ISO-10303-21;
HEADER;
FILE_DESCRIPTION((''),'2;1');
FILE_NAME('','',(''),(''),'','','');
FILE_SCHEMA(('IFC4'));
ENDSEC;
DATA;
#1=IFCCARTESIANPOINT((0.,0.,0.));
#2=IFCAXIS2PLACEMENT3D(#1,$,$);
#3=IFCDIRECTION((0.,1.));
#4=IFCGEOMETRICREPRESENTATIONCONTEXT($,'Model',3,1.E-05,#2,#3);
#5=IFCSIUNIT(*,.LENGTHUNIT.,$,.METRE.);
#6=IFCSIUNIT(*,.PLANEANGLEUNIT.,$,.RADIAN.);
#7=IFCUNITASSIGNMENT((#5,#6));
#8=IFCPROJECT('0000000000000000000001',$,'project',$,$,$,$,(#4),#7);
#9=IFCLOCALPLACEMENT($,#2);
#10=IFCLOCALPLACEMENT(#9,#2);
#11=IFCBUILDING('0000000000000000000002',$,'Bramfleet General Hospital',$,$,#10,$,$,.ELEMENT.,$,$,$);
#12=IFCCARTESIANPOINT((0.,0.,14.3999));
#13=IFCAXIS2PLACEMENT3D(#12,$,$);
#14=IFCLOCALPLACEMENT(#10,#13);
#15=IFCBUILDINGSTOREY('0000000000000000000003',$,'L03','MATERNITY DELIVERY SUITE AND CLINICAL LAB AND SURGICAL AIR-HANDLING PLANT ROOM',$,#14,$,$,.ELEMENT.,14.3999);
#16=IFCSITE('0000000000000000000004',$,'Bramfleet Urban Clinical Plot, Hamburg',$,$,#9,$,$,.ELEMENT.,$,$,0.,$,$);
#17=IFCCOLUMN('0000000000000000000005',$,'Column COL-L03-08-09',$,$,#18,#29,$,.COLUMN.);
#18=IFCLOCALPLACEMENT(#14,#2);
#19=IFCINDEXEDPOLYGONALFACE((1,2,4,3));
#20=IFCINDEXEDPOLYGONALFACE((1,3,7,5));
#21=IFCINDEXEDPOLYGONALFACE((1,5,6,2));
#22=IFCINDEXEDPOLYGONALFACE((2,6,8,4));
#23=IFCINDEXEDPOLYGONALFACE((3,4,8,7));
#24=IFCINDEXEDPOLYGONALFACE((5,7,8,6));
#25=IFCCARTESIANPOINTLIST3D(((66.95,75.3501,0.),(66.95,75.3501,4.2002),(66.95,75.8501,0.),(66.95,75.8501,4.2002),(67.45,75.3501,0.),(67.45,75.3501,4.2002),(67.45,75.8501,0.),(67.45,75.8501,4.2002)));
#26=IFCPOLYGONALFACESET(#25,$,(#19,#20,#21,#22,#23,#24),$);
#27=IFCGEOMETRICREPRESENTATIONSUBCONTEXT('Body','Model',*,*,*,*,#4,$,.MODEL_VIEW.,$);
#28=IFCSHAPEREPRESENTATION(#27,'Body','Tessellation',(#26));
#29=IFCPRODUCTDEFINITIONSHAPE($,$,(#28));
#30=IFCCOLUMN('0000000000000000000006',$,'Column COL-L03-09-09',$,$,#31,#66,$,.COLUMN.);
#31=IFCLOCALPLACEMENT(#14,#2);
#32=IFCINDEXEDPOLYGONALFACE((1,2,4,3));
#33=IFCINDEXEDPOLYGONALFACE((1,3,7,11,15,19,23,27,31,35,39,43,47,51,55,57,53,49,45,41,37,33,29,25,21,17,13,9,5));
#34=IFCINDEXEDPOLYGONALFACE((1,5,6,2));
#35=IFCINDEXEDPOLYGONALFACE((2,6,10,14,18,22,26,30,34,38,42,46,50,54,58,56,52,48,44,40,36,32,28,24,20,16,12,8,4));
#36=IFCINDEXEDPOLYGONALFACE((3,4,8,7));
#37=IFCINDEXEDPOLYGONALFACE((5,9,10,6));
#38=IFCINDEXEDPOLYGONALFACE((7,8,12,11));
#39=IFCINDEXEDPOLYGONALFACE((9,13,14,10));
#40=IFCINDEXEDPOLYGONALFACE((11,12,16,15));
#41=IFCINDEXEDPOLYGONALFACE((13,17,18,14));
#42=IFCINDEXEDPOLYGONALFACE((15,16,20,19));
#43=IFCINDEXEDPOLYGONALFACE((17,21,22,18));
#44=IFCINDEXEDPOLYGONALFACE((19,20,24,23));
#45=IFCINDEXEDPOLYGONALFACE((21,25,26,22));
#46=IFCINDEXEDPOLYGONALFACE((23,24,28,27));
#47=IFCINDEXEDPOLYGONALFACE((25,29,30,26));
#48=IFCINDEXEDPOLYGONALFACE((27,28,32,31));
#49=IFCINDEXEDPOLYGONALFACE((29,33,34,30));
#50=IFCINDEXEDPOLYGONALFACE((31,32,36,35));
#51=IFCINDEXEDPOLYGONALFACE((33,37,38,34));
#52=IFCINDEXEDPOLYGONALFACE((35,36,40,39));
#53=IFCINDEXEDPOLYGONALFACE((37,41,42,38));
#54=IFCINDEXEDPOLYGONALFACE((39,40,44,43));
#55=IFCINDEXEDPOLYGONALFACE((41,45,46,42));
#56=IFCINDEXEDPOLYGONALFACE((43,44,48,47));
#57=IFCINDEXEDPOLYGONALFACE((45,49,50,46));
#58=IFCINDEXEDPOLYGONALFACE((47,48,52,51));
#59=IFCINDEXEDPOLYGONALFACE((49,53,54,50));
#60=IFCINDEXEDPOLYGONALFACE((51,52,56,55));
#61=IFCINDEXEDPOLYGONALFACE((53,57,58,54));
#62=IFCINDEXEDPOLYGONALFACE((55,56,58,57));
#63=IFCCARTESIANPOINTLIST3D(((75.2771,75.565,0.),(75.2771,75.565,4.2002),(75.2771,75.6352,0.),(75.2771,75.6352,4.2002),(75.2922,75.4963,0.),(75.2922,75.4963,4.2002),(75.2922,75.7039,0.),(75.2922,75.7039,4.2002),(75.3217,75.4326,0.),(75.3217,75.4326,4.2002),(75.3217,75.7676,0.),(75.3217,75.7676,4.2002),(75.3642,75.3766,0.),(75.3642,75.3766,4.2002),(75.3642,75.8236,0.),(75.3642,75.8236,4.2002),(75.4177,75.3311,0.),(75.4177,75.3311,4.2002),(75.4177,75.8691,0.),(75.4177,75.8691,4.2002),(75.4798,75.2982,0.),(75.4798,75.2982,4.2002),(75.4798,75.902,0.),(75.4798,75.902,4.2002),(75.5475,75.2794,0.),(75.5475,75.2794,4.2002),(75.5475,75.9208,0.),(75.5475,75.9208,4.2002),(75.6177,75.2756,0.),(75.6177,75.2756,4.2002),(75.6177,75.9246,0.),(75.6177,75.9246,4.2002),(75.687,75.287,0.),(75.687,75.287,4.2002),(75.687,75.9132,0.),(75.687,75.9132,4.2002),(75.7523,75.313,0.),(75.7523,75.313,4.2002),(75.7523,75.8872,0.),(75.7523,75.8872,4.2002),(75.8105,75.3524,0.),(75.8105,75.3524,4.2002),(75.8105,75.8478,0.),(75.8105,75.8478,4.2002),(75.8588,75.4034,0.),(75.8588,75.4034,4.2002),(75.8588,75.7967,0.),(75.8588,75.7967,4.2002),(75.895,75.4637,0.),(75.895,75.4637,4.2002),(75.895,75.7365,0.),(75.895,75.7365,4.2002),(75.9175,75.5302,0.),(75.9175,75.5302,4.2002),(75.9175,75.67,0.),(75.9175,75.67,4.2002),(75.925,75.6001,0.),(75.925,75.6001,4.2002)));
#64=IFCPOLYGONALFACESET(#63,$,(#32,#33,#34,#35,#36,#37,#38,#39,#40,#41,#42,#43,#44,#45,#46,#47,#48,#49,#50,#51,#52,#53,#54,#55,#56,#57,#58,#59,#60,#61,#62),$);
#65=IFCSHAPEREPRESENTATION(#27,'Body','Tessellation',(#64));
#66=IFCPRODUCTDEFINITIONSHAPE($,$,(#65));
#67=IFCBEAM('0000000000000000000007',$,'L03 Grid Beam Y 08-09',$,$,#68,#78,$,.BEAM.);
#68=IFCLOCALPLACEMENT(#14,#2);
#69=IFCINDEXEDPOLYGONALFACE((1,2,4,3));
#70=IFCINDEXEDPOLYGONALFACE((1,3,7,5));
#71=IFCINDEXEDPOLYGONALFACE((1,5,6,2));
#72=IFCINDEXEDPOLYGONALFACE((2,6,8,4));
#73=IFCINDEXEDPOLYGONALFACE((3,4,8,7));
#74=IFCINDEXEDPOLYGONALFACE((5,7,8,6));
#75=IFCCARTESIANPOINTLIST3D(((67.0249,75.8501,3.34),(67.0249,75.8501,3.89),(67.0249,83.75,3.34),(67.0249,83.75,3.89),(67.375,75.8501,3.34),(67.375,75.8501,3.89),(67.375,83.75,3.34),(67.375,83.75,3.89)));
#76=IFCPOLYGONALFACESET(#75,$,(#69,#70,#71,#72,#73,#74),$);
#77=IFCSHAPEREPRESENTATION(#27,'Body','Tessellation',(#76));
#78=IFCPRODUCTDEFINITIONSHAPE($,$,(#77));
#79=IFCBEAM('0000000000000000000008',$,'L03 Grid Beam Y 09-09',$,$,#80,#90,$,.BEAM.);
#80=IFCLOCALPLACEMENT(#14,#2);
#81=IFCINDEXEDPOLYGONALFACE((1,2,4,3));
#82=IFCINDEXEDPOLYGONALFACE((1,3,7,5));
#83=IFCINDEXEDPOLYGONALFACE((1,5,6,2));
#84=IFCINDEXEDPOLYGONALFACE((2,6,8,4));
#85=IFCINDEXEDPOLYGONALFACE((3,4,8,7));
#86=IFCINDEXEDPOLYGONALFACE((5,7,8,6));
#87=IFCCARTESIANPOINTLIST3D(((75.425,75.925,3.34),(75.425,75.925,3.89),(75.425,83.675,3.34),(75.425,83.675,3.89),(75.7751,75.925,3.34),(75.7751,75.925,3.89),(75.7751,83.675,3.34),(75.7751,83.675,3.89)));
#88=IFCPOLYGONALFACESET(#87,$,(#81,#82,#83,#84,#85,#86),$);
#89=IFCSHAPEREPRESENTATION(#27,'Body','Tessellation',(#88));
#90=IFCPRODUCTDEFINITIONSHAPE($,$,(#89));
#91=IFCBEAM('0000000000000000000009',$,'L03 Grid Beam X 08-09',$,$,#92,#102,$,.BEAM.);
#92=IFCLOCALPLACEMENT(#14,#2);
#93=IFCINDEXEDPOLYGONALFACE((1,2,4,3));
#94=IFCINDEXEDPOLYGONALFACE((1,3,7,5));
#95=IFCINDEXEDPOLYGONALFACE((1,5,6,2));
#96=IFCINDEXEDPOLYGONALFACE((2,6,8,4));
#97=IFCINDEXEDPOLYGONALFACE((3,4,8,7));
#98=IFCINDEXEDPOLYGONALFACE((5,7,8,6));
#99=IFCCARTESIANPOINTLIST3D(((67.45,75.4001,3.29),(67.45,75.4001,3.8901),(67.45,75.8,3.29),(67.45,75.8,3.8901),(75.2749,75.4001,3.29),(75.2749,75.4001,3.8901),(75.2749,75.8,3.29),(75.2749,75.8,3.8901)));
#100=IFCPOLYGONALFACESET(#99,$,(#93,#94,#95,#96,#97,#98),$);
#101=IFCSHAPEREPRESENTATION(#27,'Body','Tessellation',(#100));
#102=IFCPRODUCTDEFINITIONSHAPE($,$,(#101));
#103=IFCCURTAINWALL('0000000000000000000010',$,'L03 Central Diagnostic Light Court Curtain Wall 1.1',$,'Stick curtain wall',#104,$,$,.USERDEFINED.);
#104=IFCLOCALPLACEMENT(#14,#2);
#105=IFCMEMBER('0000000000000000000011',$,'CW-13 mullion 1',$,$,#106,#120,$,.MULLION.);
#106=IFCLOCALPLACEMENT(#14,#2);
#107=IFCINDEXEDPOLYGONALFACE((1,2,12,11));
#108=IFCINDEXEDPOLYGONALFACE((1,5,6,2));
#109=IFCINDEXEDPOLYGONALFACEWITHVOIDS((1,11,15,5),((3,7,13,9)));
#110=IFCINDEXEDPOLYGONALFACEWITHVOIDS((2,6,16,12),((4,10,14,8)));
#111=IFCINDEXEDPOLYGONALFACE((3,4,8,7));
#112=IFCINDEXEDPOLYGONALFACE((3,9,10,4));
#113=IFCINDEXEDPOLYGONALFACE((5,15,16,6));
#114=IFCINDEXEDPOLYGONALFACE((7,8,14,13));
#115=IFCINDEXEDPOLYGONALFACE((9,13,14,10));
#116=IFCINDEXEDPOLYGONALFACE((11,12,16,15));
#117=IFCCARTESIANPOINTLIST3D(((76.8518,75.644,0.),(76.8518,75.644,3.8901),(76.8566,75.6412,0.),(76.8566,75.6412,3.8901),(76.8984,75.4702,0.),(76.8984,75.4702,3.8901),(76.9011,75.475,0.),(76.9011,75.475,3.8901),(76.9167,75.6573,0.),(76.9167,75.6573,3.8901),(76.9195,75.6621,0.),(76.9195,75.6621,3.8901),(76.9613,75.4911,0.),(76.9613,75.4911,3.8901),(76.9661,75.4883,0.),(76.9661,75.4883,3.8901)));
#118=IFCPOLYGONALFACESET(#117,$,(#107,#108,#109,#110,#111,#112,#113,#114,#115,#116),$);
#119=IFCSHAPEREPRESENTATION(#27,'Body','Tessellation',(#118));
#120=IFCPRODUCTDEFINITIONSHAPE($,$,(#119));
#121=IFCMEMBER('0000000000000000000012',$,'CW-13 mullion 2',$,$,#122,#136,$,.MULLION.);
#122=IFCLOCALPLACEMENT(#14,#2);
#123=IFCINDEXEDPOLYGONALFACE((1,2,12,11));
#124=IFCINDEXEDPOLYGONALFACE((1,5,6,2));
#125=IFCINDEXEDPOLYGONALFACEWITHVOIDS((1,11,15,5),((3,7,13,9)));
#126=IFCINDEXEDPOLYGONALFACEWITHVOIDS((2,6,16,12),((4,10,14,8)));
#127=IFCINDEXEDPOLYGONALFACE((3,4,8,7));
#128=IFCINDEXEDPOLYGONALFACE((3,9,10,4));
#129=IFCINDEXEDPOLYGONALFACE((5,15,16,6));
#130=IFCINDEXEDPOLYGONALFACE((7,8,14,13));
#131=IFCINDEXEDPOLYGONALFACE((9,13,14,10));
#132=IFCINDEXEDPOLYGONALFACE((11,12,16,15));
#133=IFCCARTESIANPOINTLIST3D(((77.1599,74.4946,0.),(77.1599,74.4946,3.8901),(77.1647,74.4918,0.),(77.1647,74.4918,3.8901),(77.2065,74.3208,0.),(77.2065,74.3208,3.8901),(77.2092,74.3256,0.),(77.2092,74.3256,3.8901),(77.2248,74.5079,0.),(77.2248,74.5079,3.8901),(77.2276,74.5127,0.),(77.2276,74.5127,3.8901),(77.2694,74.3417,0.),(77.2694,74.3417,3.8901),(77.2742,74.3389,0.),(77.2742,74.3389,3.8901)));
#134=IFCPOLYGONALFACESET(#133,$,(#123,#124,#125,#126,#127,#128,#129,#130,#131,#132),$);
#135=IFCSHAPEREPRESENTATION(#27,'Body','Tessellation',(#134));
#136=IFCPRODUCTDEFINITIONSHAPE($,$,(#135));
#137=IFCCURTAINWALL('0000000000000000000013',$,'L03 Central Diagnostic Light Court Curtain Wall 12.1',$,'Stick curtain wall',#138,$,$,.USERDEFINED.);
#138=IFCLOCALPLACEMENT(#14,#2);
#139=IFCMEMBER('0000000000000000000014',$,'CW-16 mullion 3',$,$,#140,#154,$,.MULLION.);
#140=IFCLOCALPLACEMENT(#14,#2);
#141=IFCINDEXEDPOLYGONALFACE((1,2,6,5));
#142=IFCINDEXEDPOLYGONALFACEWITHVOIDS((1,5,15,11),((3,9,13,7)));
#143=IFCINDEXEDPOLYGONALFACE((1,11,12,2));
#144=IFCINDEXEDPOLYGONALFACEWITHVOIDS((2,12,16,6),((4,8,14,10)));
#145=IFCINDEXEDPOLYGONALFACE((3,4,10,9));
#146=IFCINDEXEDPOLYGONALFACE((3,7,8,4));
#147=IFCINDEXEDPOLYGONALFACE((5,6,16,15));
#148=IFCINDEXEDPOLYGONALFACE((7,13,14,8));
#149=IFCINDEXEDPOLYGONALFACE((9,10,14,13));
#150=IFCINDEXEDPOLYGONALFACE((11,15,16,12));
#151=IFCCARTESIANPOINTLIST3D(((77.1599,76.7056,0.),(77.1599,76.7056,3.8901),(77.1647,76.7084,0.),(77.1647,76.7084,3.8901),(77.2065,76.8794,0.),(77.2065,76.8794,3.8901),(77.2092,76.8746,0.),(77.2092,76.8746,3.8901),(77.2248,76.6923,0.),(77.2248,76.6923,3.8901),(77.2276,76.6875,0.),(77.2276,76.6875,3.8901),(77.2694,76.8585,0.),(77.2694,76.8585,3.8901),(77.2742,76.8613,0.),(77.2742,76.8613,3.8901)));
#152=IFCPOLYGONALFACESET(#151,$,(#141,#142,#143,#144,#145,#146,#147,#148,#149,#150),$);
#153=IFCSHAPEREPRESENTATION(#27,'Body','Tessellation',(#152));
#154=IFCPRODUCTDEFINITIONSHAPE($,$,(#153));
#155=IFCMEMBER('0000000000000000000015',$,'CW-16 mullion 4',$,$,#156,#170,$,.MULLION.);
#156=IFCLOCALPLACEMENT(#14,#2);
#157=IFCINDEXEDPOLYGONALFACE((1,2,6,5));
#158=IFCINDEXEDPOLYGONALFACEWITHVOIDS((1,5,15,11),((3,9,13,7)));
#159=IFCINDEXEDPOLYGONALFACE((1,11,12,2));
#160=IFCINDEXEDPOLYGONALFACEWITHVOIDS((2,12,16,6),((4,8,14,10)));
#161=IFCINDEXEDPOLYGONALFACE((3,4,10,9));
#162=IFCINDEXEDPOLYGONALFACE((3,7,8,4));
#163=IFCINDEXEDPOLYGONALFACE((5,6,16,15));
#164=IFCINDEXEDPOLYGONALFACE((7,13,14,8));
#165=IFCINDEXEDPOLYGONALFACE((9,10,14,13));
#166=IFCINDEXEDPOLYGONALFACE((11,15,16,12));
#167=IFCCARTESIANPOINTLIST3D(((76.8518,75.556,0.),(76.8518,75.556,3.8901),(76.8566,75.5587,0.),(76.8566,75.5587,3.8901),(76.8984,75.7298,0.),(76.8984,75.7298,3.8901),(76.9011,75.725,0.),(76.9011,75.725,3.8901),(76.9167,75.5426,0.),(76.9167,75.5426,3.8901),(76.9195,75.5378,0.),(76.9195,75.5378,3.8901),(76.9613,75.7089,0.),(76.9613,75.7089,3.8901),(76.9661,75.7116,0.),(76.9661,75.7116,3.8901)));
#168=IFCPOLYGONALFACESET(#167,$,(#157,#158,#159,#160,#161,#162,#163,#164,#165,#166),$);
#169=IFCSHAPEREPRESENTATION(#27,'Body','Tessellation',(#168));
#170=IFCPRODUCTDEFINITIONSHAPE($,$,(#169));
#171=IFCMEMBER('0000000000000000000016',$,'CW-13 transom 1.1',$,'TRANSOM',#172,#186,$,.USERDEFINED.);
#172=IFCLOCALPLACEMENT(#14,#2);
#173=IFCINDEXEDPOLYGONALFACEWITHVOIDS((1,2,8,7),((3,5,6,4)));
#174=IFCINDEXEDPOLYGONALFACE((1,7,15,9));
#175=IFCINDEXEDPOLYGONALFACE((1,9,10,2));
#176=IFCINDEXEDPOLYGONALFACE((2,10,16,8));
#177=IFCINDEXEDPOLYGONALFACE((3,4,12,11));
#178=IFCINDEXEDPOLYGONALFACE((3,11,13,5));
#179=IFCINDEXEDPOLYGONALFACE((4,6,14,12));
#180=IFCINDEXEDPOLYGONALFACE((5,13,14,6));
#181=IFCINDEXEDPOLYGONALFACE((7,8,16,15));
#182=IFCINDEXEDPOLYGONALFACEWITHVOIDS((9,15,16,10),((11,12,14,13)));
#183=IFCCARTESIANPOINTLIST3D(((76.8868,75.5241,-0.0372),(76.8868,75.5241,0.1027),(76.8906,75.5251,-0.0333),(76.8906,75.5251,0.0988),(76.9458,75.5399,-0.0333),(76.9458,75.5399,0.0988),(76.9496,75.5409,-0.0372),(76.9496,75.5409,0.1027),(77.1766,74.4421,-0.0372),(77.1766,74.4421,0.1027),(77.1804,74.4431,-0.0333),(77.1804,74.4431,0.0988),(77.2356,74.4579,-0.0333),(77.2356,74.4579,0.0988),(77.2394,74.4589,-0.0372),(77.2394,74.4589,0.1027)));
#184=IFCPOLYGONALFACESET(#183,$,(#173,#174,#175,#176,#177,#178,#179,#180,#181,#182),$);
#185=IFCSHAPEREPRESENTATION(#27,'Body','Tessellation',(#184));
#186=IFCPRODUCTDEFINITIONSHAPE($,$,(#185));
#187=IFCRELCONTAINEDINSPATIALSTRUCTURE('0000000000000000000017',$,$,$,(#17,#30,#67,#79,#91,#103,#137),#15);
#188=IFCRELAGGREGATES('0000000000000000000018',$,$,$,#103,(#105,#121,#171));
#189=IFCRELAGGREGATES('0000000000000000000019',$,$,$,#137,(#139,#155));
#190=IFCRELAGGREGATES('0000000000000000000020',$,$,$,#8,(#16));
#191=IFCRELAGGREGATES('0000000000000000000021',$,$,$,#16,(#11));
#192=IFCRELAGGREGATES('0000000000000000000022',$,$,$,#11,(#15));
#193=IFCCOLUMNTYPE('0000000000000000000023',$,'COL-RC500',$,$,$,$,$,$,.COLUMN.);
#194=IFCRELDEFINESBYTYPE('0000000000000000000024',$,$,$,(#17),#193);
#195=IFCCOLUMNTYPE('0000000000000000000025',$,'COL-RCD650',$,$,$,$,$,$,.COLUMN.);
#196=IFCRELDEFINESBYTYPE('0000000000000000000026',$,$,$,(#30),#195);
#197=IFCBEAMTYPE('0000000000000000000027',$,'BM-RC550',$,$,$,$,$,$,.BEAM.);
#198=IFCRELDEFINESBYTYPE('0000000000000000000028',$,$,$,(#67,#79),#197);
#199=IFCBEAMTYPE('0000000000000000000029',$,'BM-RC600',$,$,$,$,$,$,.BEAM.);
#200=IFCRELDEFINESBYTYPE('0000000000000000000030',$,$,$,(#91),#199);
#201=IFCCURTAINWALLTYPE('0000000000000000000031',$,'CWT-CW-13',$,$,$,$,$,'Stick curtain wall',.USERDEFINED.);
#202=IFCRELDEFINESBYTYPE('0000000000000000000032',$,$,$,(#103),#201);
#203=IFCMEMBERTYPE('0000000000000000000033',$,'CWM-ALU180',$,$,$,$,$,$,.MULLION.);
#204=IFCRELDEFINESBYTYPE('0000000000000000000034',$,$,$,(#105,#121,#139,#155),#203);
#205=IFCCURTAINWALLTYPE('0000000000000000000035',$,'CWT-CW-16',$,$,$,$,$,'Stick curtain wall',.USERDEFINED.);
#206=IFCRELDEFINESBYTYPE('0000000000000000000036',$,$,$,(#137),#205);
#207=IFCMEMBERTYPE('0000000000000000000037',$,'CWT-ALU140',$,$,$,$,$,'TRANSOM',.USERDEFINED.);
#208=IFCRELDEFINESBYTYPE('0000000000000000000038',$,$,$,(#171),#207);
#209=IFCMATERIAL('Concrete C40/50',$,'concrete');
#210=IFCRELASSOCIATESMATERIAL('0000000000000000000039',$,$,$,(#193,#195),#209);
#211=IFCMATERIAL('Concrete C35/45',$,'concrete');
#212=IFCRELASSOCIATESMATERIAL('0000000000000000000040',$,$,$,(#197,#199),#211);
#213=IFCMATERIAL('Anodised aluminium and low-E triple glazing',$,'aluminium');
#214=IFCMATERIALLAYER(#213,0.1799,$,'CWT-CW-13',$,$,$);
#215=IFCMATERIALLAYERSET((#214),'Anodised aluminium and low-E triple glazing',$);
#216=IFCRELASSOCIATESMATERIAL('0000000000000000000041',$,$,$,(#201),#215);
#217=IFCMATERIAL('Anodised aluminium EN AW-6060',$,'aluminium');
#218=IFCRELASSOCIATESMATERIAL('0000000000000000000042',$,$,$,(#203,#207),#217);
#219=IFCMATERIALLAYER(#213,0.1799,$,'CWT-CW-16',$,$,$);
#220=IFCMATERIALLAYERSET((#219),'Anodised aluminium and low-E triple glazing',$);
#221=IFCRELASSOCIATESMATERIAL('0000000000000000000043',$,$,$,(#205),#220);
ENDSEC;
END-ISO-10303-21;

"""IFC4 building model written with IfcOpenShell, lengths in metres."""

from ifc_helpers import new_model, si_unit, direction, frame, origin, origin_2d, place, context, subcontext, project, spatial, rectangle, hollow_rectangle, circle, extrude, material, layer, layer_set, material_profile, profile_set, type_object, element, aggregate, save


model = new_model("IFC4")

# Units and contexts
model_context = context("Model", 3, precision=1e-05, world=origin(), true_north=direction((0.0, 1.0)))
body_context = subcontext(model_context, "Body", "Model", "MODEL_VIEW")
ifc_project = project(units=[si_unit("LENGTHUNIT", "METRE"), si_unit("PLANEANGLEUNIT", "RADIAN")], contexts=[model_context])

# Site, building, storey
site_placement = place(None, origin())
site = spatial("IfcSite", under=ifc_project, at=site_placement, Name="Bramfleet Urban Clinical Plot, Hamburg", CompositionType="ELEMENT", RefElevation=0.0)
building_placement = place(site_placement, origin())
building = spatial("IfcBuilding", under=site, at=building_placement, Name="Bramfleet General Hospital", CompositionType="ELEMENT")
storey_placement = place(building_placement, frame((0.0, 0.0, 14.3999)))
storey = spatial("IfcBuildingStorey", under=building, at=storey_placement, Name="L03", Description="MATERNITY DELIVERY SUITE AND CLINICAL LAB AND SURGICAL AIR-HANDLING PLANT ROOM", CompositionType="ELEMENT", Elevation=14.3999)

# Columns
ifc_material_1 = material(Name="Concrete C40/50", Category="concrete")
ifc_material_profile_1 = material_profile(ifc_material_1, rectangle(XDim=0.5, YDim=0.5, at=origin_2d()), Name="RC COL 500x500")
ifc_profile_set_1 = profile_set([ifc_material_profile_1], Name="Concrete C40/50")
column_type_1 = type_object("IfcColumnType", Name="COL-RC500", PredefinedType="COLUMN", material=ifc_profile_set_1)
column_1_placement = place(storey_placement, frame((67.2, 75.6001, 0.0), z_axis=(0.0, 0.0, 1.0), x_axis=(1.0, 0.0, 0.0)))
element("IfcColumn", 1, at=column_1_placement, inside=storey, type_object=column_type_1, Name="Column COL-L03-08-09", PredefinedType="COLUMN", context=body_context, shape_type="SweptSolid", body=[
    extrude(rectangle(XDim=0.5, YDim=0.5, at=origin_2d()), origin(), (0.0, 0.0, 1.0), 4.2002),
])
ifc_material_profile_2 = material_profile(ifc_material_1, circle(Radius=0.325, at=origin_2d()), Name="RC ROUND D650")
ifc_profile_set_2 = profile_set([ifc_material_profile_2], Name="Concrete C40/50")
column_type_2 = type_object("IfcColumnType", Name="COL-RCD650", PredefinedType="COLUMN", material=ifc_profile_set_2)
column_2_placement = place(storey_placement, frame((75.6001, 75.6001, 0.0), z_axis=(0.0, 0.0, 1.0), x_axis=(1.0, 0.0, 0.0)))
element("IfcColumn", 2, at=column_2_placement, inside=storey, type_object=column_type_2, Name="Column COL-L03-09-09", PredefinedType="COLUMN", context=body_context, shape_type="SweptSolid", body=[
    extrude(circle(Radius=0.325, at=origin_2d()), origin(), (0.0, 0.0, 1.0), 4.2002),
])

# Beams
ifc_material_2 = material(Name="Concrete C35/45", Category="concrete")
ifc_material_profile_3 = material_profile(ifc_material_2, rectangle(XDim=0.3501, YDim=0.55, at=origin_2d()), Name="RC BM 550x350")
ifc_profile_set_3 = profile_set([ifc_material_profile_3], Name="Concrete C35/45")
beam_type_1 = type_object("IfcBeamType", Name="BM-RC550", PredefinedType="BEAM", material=ifc_profile_set_3)
beam_1_placement = place(storey_placement, frame((67.2, 75.8501, 3.615), z_axis=(0.0, 1.0, 0.0), x_axis=(-1.0, 0.0, 0.0)))
element("IfcBeam", 3, at=beam_1_placement, inside=storey, type_object=beam_type_1, Name="L03 Grid Beam Y 08-09", PredefinedType="BEAM", context=body_context, shape_type="SweptSolid", body=[
    extrude(rectangle(XDim=0.3501, YDim=0.55, at=origin_2d()), origin(), (0.0, 0.0, 1.0), 7.8999),
])
beam_2_placement = place(storey_placement, frame((75.6001, 75.925, 3.615), z_axis=(0.0, 1.0, 0.0), x_axis=(-1.0, 0.0, 0.0)))
element("IfcBeam", 4, at=beam_2_placement, inside=storey, type_object=beam_type_1, Name="L03 Grid Beam Y 09-09", PredefinedType="BEAM", context=body_context, shape_type="SweptSolid", body=[
    extrude(rectangle(XDim=0.3501, YDim=0.55, at=origin_2d()), origin(), (0.0, 0.0, 1.0), 7.75),
])
ifc_material_profile_4 = material_profile(ifc_material_2, rectangle(XDim=0.3999, YDim=0.6001, at=origin_2d()), Name="RC BM 600x400")
ifc_profile_set_4 = profile_set([ifc_material_profile_4], Name="Concrete C35/45")
beam_type_2 = type_object("IfcBeamType", Name="BM-RC600", PredefinedType="BEAM", material=ifc_profile_set_4)
beam_3_placement = place(storey_placement, frame((67.45, 75.6001, 3.5901), z_axis=(1.0, 0.0, 0.0), x_axis=(0.0, 1.0, 0.0)))
element("IfcBeam", 5, at=beam_3_placement, inside=storey, type_object=beam_type_2, Name="L03 Grid Beam X 08-09", PredefinedType="BEAM", context=body_context, shape_type="SweptSolid", body=[
    extrude(rectangle(XDim=0.3999, YDim=0.6001, at=origin_2d()), origin(), (0.0, 0.0, 1.0), 7.825),
])

# Curtain walls, members
ifc_material_3 = material(Name="Anodised aluminium and low-E triple glazing", Category="aluminium")
ifc_layer_1 = layer(ifc_material_3, 0.1799, Name="CWT-CW-13")
ifc_layer_set_1 = layer_set([ifc_layer_1], Name="Anodised aluminium and low-E triple glazing")
curtain_wall_type_1 = type_object("IfcCurtainWallType", Name="CWT-CW-13", ElementType="Stick curtain wall", PredefinedType="USERDEFINED", material=ifc_layer_set_1)
curtain_wall_1_placement = place(storey_placement, origin())
curtain_wall_1 = element("IfcCurtainWall", 6, at=curtain_wall_1_placement, inside=storey, type_object=curtain_wall_type_1, Name="L03 Central Diagnostic Light Court Curtain Wall 1.1", ObjectType="Stick curtain wall", PredefinedType="USERDEFINED")
ifc_material_4 = material(Name="Anodised aluminium EN AW-6060", Category="aluminium")
ifc_material_profile_5 = material_profile(ifc_material_4, hollow_rectangle(XDim=0.0701, YDim=0.1799, WallThickness=0.0039, at=origin_2d()), Name="ALU 180x70x4.0")
ifc_profile_set_5 = profile_set([ifc_material_profile_5], Name="Anodised aluminium EN AW-6060")
member_type_1 = type_object("IfcMemberType", Name="CWM-ALU180", PredefinedType="MULLION", material=ifc_profile_set_5)
member_1_placement = place(storey_placement, frame((76.9089, 75.5662, 0.0), z_axis=(0.0, 0.0, 1.0), x_axis=(0.965941, 0.258763, 0.0)))
member_1 = element("IfcMember", 7, at=member_1_placement, type_object=member_type_1, Name="CW-13 mullion 1", PredefinedType="MULLION", context=body_context, shape_type="SweptSolid", body=[
    extrude(hollow_rectangle(XDim=0.0701, YDim=0.1799, WallThickness=0.0039, at=origin_2d()), origin(), (0.0, 0.0, 1.0), 3.8901),
])
member_2_placement = place(storey_placement, frame((77.217, 74.4167, 0.0), z_axis=(0.0, 0.0, 1.0), x_axis=(0.965941, 0.258763, 0.0)))
member_2 = element("IfcMember", 8, at=member_2_placement, type_object=member_type_1, Name="CW-13 mullion 2", PredefinedType="MULLION", context=body_context, shape_type="SweptSolid", body=[
    extrude(hollow_rectangle(XDim=0.0701, YDim=0.1799, WallThickness=0.0039, at=origin_2d()), origin(), (0.0, 0.0, 1.0), 3.8901),
])
ifc_layer_2 = layer(ifc_material_3, 0.1799, Name="CWT-CW-16")
ifc_layer_set_2 = layer_set([ifc_layer_2], Name="Anodised aluminium and low-E triple glazing")
curtain_wall_type_2 = type_object("IfcCurtainWallType", Name="CWT-CW-16", ElementType="Stick curtain wall", PredefinedType="USERDEFINED", material=ifc_layer_set_2)
curtain_wall_2_placement = place(storey_placement, origin())
curtain_wall_2 = element("IfcCurtainWall", 9, at=curtain_wall_2_placement, inside=storey, type_object=curtain_wall_type_2, Name="L03 Central Diagnostic Light Court Curtain Wall 12.1", ObjectType="Stick curtain wall", PredefinedType="USERDEFINED")
member_3_placement = place(storey_placement, frame((77.217, 76.7834, 0.0), z_axis=(0.0, 0.0, 1.0), x_axis=(0.965941, -0.258763, 0.0)))
member_3 = element("IfcMember", 10, at=member_3_placement, type_object=member_type_1, Name="CW-16 mullion 3", PredefinedType="MULLION", context=body_context, shape_type="SweptSolid", body=[
    extrude(hollow_rectangle(XDim=0.0701, YDim=0.1799, WallThickness=0.0039, at=origin_2d()), origin(), (0.0, 0.0, 1.0), 3.8901),
])
member_4_placement = place(storey_placement, frame((76.9089, 75.6338, 0.0), z_axis=(0.0, 0.0, 1.0), x_axis=(0.965941, -0.258763, 0.0)))
member_4 = element("IfcMember", 11, at=member_4_placement, type_object=member_type_1, Name="CW-16 mullion 4", PredefinedType="MULLION", context=body_context, shape_type="SweptSolid", body=[
    extrude(hollow_rectangle(XDim=0.0701, YDim=0.1799, WallThickness=0.0039, at=origin_2d()), origin(), (0.0, 0.0, 1.0), 3.8901),
])

# Member
ifc_material_profile_6 = material_profile(ifc_material_4, hollow_rectangle(XDim=0.0649, YDim=0.1399, WallThickness=0.0039, at=origin_2d()), Name="ALU 140x65x4.0")
ifc_profile_set_6 = profile_set([ifc_material_profile_6], Name="Anodised aluminium EN AW-6060")
member_type_2 = type_object("IfcMemberType", Name="CWT-ALU140", ElementType="TRANSOM", PredefinedType="USERDEFINED", material=ifc_profile_set_6)
member_5_placement = place(storey_placement, frame((76.9182, 75.5325, 0.0327), z_axis=(0.258707, -0.965956, 0.0), x_axis=(0.965956, 0.258707, 0.0)))
member_5 = element("IfcMember", 12, at=member_5_placement, type_object=member_type_2, Name="CW-13 transom 1.1", ObjectType="TRANSOM", PredefinedType="USERDEFINED", context=body_context, shape_type="SweptSolid", body=[
    extrude(hollow_rectangle(XDim=0.0649, YDim=0.1399, WallThickness=0.0039, at=origin_2d()), origin(), (0.0, 0.0, 1.0), 1.1201),
])

aggregate(curtain_wall_1, [member_1, member_2, member_5])
aggregate(curtain_wall_2, [member_3, member_4])

save(model, "model.ifc")
